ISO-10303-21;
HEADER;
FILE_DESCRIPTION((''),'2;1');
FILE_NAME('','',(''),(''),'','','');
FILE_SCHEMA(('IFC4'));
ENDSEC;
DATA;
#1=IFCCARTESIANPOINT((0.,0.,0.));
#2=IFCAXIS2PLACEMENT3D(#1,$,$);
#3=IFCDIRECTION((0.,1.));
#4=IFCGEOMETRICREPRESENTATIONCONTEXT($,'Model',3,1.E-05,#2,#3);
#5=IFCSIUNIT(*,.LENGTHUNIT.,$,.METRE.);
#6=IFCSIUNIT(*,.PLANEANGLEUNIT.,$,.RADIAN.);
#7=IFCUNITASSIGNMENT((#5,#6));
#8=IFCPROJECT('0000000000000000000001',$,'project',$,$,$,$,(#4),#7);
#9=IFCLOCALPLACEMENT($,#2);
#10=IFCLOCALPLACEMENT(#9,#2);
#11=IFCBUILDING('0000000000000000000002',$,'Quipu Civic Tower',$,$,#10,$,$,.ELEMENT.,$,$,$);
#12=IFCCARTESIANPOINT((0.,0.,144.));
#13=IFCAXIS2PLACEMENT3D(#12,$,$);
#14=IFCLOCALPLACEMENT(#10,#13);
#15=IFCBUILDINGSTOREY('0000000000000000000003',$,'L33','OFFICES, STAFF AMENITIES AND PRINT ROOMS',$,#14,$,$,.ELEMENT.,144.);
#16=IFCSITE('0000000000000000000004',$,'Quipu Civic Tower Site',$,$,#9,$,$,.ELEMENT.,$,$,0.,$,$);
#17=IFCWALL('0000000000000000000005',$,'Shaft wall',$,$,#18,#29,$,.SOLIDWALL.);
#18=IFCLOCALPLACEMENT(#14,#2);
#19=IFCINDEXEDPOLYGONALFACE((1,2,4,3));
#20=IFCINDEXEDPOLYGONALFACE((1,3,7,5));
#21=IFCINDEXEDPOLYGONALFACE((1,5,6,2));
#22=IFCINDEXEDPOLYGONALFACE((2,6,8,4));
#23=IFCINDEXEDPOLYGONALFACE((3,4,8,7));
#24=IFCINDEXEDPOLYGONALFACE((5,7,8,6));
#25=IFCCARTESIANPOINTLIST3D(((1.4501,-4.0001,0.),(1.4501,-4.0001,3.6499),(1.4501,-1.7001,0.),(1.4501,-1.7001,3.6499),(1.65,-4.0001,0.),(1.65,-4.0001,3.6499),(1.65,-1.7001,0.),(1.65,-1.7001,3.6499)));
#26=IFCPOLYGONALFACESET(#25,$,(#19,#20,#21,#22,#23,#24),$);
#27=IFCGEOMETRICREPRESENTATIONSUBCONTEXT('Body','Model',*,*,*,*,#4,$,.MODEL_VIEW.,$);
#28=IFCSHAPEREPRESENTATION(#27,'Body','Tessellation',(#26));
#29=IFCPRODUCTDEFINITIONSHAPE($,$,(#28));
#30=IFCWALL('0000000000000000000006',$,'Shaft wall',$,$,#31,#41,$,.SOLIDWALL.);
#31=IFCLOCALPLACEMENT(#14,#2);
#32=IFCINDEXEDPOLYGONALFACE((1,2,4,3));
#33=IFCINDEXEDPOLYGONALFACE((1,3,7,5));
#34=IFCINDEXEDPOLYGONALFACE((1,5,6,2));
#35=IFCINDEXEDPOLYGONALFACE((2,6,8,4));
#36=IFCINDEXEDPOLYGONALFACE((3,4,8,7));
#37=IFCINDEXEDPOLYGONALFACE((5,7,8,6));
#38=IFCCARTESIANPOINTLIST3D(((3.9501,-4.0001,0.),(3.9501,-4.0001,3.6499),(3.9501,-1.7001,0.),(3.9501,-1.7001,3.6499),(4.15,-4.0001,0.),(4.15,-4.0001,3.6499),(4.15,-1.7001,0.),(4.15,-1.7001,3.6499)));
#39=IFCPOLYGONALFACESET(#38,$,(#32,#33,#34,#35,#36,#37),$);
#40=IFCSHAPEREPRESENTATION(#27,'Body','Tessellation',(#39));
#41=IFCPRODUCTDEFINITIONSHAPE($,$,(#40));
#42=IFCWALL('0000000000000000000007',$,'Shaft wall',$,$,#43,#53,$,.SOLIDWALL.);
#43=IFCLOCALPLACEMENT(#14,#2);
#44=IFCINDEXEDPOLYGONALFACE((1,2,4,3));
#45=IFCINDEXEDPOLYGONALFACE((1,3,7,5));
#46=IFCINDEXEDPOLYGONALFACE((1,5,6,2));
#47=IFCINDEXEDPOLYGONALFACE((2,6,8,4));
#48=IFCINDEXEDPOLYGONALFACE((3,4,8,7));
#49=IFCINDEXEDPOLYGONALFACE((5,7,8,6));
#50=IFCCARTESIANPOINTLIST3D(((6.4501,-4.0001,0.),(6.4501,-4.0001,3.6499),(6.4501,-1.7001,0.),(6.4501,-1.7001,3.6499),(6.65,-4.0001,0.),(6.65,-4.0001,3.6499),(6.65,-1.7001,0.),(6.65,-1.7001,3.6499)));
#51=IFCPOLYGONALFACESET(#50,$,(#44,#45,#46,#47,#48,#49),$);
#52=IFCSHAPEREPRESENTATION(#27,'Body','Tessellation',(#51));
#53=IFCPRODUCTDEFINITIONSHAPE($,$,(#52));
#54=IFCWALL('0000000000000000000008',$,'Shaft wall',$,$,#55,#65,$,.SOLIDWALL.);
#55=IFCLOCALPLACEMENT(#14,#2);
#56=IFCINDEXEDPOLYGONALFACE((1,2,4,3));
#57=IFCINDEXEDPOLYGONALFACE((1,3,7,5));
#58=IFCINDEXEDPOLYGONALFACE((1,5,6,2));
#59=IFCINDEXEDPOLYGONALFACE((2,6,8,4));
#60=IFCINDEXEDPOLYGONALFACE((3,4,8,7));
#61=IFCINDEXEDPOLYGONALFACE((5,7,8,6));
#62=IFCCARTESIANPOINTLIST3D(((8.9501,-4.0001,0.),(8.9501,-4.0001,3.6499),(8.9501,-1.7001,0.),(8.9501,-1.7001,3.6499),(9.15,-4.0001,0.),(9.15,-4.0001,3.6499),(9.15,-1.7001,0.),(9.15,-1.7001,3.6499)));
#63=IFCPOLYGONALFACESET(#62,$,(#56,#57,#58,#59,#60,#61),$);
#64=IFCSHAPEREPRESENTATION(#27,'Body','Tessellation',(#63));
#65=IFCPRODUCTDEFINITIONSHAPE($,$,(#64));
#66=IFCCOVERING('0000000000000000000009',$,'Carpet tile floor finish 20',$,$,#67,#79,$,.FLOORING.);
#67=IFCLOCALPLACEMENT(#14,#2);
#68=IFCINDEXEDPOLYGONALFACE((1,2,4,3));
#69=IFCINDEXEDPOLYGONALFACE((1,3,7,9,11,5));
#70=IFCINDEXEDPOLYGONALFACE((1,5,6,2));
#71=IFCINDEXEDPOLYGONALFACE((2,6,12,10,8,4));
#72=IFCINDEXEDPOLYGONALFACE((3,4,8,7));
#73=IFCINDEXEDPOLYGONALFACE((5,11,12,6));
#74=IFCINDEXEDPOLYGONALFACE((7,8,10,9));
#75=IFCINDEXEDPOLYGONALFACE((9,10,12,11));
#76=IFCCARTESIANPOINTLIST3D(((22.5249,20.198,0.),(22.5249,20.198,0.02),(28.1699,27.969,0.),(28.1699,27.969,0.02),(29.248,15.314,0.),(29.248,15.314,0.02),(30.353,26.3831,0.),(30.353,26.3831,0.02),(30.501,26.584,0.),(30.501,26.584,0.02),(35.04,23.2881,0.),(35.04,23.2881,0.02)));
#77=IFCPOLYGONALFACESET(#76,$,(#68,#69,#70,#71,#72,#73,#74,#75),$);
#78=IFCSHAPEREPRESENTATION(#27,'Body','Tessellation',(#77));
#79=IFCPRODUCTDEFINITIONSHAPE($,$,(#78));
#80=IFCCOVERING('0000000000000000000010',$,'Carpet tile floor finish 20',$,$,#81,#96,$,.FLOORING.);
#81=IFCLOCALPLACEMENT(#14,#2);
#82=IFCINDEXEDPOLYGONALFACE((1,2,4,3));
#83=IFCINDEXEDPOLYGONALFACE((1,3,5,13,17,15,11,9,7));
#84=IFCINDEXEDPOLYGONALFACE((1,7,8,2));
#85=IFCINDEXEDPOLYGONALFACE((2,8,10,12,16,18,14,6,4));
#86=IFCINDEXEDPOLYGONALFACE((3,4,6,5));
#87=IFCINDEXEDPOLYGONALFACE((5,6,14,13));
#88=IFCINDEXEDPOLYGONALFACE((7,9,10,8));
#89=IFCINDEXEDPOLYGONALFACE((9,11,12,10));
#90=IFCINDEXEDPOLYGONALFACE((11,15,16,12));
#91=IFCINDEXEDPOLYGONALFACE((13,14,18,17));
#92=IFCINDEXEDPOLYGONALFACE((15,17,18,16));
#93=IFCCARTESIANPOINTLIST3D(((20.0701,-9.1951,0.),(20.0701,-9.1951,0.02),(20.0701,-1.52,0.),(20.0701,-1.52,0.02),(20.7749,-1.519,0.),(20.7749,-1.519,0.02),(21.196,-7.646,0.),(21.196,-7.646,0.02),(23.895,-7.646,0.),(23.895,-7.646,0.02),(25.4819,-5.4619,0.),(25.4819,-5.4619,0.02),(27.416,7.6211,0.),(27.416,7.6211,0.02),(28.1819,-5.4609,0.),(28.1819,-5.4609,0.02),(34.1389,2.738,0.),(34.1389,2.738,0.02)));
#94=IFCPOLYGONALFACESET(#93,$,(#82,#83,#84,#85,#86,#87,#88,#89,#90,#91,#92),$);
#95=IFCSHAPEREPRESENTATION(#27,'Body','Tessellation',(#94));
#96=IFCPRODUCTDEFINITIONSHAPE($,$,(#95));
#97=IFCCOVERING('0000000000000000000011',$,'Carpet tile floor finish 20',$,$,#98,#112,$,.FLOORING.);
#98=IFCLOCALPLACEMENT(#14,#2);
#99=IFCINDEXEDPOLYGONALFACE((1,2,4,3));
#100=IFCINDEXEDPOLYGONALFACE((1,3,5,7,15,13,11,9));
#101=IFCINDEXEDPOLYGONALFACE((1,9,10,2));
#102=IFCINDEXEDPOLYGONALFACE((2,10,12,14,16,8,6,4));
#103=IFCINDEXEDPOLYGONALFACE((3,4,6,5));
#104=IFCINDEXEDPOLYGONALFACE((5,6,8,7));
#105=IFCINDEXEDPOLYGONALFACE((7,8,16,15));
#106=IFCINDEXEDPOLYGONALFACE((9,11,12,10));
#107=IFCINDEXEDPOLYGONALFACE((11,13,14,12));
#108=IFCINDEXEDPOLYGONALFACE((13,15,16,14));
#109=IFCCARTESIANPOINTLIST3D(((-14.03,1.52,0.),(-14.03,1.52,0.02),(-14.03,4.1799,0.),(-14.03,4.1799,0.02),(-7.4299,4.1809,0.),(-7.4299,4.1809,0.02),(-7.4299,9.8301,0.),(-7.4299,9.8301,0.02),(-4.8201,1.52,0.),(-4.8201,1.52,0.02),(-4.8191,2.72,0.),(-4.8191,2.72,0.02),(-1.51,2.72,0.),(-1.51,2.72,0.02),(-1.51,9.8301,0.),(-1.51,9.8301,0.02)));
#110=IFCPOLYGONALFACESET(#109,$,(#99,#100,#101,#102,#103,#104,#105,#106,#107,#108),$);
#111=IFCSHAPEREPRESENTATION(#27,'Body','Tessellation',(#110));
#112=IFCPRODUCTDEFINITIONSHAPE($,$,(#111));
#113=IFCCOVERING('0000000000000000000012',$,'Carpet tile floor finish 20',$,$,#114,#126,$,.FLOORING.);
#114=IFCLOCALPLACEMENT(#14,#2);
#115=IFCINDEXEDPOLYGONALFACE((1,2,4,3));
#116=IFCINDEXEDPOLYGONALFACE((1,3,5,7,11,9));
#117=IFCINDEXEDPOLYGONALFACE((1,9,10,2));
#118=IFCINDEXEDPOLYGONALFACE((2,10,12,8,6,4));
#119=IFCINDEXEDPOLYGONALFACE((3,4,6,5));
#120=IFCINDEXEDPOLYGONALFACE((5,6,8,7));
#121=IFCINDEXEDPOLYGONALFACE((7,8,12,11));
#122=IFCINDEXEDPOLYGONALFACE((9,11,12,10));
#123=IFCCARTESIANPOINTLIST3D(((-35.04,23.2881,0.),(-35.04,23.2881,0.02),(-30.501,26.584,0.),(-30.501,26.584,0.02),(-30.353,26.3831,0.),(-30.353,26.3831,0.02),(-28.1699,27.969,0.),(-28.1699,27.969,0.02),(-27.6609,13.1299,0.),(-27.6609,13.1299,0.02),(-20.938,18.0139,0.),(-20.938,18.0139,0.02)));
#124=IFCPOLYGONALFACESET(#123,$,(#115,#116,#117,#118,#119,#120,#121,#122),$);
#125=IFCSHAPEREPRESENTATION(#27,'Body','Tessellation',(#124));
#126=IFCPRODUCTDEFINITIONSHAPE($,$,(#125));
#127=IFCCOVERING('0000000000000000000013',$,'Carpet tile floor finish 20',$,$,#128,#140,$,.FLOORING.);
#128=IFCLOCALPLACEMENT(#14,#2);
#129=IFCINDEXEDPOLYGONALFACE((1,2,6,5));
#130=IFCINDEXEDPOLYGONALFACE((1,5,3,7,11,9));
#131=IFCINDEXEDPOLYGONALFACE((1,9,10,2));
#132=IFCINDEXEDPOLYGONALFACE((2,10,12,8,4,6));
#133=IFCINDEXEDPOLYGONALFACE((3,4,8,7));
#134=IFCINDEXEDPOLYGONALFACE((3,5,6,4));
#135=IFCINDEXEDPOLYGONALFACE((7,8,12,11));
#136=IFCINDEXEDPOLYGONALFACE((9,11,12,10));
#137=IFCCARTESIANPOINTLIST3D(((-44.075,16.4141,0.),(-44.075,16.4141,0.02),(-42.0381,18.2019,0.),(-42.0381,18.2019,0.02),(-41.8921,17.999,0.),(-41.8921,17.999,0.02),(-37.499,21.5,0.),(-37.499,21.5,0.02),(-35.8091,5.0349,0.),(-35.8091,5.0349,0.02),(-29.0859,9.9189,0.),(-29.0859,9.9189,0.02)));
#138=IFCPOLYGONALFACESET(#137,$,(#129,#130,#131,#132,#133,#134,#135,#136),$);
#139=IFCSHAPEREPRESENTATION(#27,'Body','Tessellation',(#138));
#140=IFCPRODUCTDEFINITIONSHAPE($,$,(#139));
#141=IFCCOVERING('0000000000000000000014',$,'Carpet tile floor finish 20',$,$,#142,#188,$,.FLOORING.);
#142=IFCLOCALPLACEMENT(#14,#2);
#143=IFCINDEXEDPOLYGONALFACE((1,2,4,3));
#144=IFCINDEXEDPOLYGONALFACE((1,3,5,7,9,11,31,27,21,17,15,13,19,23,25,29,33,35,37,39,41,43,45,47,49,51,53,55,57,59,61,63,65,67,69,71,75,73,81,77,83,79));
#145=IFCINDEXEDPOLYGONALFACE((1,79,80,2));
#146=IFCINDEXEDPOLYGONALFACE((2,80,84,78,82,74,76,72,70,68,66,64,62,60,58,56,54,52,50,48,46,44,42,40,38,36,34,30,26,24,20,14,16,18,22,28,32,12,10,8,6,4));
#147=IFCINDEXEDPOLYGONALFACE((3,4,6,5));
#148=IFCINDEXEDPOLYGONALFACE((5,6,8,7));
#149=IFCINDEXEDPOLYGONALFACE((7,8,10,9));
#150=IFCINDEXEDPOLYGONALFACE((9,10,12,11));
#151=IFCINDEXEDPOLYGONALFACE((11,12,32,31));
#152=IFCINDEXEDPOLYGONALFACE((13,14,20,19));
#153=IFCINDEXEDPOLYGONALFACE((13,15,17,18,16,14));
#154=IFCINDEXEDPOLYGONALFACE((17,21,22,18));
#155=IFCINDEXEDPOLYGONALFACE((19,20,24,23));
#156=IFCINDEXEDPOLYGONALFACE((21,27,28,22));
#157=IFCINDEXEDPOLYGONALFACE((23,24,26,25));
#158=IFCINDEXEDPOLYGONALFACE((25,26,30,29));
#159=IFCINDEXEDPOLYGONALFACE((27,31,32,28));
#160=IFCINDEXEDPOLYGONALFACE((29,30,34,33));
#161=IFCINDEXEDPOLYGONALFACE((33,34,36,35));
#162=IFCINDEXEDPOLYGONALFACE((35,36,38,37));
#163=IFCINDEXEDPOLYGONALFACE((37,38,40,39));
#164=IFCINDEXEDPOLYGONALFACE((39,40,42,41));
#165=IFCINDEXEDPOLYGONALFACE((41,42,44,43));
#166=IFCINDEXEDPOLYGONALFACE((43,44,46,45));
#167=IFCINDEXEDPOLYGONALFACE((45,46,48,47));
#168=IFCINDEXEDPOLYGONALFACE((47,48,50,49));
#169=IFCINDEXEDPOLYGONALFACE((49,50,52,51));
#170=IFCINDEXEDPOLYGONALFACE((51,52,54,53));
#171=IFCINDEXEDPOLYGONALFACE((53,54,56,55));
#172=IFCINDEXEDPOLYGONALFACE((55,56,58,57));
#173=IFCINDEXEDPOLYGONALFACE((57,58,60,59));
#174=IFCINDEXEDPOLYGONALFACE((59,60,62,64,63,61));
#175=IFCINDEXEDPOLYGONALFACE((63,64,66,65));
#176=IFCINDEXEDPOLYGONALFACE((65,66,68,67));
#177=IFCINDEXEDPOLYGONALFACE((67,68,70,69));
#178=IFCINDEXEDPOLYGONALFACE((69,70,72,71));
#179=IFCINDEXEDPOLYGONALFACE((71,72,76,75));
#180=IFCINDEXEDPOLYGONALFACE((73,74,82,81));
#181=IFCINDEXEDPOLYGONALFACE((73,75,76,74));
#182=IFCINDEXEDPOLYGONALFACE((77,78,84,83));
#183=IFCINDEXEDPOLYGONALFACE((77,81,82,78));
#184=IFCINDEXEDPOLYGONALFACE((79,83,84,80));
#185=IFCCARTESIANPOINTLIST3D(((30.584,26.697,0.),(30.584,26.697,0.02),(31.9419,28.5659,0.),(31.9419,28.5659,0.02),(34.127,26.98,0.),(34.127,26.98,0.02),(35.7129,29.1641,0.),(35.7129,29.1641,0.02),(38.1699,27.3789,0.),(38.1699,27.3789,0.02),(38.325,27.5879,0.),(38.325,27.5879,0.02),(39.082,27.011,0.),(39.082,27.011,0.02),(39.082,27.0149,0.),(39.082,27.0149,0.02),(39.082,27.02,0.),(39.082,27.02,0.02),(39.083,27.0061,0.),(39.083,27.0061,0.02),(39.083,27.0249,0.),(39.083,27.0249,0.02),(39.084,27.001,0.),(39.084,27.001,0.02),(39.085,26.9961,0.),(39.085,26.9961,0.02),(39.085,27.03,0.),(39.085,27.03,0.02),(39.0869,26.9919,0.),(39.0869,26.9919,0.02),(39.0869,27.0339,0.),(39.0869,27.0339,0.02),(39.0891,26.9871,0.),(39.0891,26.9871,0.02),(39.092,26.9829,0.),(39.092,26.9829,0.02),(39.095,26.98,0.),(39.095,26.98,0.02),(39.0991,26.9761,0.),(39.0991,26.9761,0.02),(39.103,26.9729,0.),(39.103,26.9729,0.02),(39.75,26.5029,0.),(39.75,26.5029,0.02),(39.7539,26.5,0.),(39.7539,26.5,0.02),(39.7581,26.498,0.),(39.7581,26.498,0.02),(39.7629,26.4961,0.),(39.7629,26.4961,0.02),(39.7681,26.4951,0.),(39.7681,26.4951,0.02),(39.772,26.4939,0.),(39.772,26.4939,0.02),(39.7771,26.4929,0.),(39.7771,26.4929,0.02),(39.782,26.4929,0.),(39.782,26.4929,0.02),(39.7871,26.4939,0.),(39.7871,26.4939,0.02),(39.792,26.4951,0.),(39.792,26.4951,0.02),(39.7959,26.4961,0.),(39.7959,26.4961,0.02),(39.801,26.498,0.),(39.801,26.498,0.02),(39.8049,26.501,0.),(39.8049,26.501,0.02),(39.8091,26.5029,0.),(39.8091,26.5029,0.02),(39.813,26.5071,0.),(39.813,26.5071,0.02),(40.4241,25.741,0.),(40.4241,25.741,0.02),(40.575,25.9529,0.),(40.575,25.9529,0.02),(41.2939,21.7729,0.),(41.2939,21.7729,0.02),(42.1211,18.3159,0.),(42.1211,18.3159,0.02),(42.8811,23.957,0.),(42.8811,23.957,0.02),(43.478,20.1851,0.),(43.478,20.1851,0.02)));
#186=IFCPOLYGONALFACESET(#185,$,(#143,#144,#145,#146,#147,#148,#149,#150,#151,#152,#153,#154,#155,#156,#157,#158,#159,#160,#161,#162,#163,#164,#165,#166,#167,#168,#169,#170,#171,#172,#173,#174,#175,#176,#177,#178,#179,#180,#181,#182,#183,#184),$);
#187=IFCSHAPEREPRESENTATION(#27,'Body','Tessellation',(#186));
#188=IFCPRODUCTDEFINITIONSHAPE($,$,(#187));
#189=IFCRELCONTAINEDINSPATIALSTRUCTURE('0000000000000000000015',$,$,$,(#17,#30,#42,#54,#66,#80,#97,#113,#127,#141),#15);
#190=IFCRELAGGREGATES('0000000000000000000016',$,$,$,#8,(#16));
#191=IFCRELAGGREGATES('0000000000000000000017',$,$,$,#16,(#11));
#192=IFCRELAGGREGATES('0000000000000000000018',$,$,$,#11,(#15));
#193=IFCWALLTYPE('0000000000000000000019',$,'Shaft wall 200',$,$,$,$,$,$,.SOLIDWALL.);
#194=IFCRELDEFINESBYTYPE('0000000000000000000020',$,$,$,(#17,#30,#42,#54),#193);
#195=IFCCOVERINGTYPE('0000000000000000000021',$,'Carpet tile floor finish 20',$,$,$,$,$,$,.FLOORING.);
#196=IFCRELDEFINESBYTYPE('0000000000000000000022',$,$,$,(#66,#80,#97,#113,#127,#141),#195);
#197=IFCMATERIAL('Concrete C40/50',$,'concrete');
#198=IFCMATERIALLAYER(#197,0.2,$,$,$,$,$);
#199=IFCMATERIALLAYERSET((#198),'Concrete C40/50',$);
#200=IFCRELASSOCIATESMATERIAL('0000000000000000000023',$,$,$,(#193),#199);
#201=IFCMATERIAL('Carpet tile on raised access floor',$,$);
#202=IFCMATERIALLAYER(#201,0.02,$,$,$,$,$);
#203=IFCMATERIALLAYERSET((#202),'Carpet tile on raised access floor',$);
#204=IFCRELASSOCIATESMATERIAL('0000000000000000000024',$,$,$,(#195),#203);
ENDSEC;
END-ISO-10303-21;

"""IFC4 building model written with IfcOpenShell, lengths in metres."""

from ifc_helpers import new_model, si_unit, direction, frame, frame_2d, origin, place, context, subcontext, project, spatial, polyline, rectangle, outline, extrude, material, layer, layer_set, type_object, element, save


model = new_model("IFC4")

# Units and contexts
model_context = context("Model", 3, precision=1e-05, world=origin(), true_north=direction((0.0, 1.0)))
body_context = subcontext(model_context, "Body", "Model", "MODEL_VIEW")
ifc_project = project(units=[si_unit("LENGTHUNIT", "METRE"), si_unit("PLANEANGLEUNIT", "RADIAN")], contexts=[model_context])

# Site, building, storey
site_placement = place(None, origin())
site = spatial("IfcSite", under=ifc_project, at=site_placement, Name="Quipu Civic Tower Site", CompositionType="ELEMENT", RefElevation=0.0)
building_placement = place(site_placement, origin())
building = spatial("IfcBuilding", under=site, at=building_placement, Name="Quipu Civic Tower", CompositionType="ELEMENT")
storey_placement = place(building_placement, frame((0.0, 0.0, 144.0)))
storey = spatial("IfcBuildingStorey", under=building, at=storey_placement, Name="L33", Description="OFFICES, STAFF AMENITIES AND PRINT ROOMS", CompositionType="ELEMENT", Elevation=144.0)

# Walls
ifc_material_1 = material(Name="Concrete C40/50", Category="concrete")
ifc_layer_1 = layer(ifc_material_1, 0.2)
ifc_layer_set_1 = layer_set([ifc_layer_1], Name="Concrete C40/50")
wall_type_1 = type_object("IfcWallType", Name="Shaft wall 200", PredefinedType="SOLIDWALL", material=ifc_layer_set_1)
for number, where, z_axis, x_axis, name in (
    (1, (1.55, -4.0, 0.0), (0.0, 0.0, 1.0), (0.0, 1.0, 0.0), "Shaft wall"),
    (2, (4.05, -4.0, 0.0), (0.0, 0.0, 1.0), (0.0, 1.0, 0.0), "Shaft wall"),
    (3, (6.55, -4.0, 0.0), (0.0, 0.0, 1.0), (0.0, 1.0, 0.0), "Shaft wall"),
    (4, (9.05, -4.0, 0.0), (0.0, 0.0, 1.0), (0.0, 1.0, 0.0), "Shaft wall"),
):
    element("IfcWall", number, at=place(storey_placement, frame(where, z_axis=z_axis, x_axis=x_axis)), inside=storey, type_object=wall_type_1, Name=name, PredefinedType="SOLIDWALL", context=body_context, shape_type="SweptSolid", body=[
        extrude(rectangle(XDim=2.3, YDim=0.2, at=frame_2d((1.1499, 0.0))), origin(), (0.0, 0.0, 1.0), 3.6499),
    ])

# Coverings
ifc_material_2 = material(Name="Carpet tile on raised access floor")
ifc_layer_2 = layer(ifc_material_2, 0.02)
ifc_layer_set_2 = layer_set([ifc_layer_2], Name="Carpet tile on raised access floor")
covering_type_1 = type_object("IfcCoveringType", Name="Carpet tile floor finish 20", PredefinedType="FLOORING", material=ifc_layer_set_2)
covering_1_placement = place(storey_placement, origin())
element("IfcCovering", 5, at=covering_1_placement, inside=storey, type_object=covering_type_1, Name="Carpet tile floor finish 20", PredefinedType="FLOORING", context=body_context, shape_type="SweptSolid", body=[
    extrude(outline(polyline([(22.5249, 20.198), (28.1699, 27.969), (30.353, 26.3831), (30.501, 26.584), (35.04, 23.2881), (29.248, 15.314), (22.5249, 20.198)])), origin(), (0.0, 0.0, 1.0), 0.02),
])
covering_2_placement = place(storey_placement, origin())
element("IfcCovering", 6, at=covering_2_placement, inside=storey, type_object=covering_type_1, Name="Carpet tile floor finish 20", PredefinedType="FLOORING", context=body_context, shape_type="SweptSolid", body=[
    extrude(outline(polyline([(20.0701, -9.1951), (20.0701, -1.52), (20.7749, -1.519), (27.416, 7.6211), (34.1389, 2.738), (28.1819, -5.4609), (25.4819, -5.4619), (23.895, -7.646), (21.196, -7.646), (20.0701, -9.1951)])), origin(), (0.0, 0.0, 1.0), 0.02),
])
covering_3_placement = place(storey_placement, origin())
element("IfcCovering", 7, at=covering_3_placement, inside=storey, type_object=covering_type_1, Name="Carpet tile floor finish 20", PredefinedType="FLOORING", context=body_context, shape_type="SweptSolid", body=[
    extrude(outline(polyline([(-14.03, 1.52), (-14.03, 4.1799), (-7.4299, 4.1809), (-7.4299, 9.8301), (-1.51, 9.8301), (-1.51, 2.72), (-4.8191, 2.72), (-4.8201, 1.52), (-14.03, 1.52)])), origin(), (0.0, 0.0, 1.0), 0.02),
])
covering_4_placement = place(storey_placement, origin())
element("IfcCovering", 8, at=covering_4_placement, inside=storey, type_object=covering_type_1, Name="Carpet tile floor finish 20", PredefinedType="FLOORING", context=body_context, shape_type="SweptSolid", body=[
    extrude(outline(polyline([(-35.04, 23.2881), (-30.501, 26.584), (-30.353, 26.3831), (-28.1699, 27.969), (-20.938, 18.0139), (-27.6609, 13.1299), (-35.04, 23.2881)])), origin(), (0.0, 0.0, 1.0), 0.02),
])
covering_5_placement = place(storey_placement, origin())
element("IfcCovering", 9, at=covering_5_placement, inside=storey, type_object=covering_type_1, Name="Carpet tile floor finish 20", PredefinedType="FLOORING", context=body_context, shape_type="SweptSolid", body=[
    extrude(outline(polyline([(-44.075, 16.4141), (-41.8921, 17.999), (-42.0381, 18.2019), (-37.499, 21.5), (-29.0859, 9.9189), (-35.8091, 5.0349), (-44.075, 16.4141)])), origin(), (0.0, 0.0, 1.0), 0.02),
])
covering_6_placement = place(storey_placement, origin())
element("IfcCovering", 10, at=covering_6_placement, inside=storey, type_object=covering_type_1, Name="Carpet tile floor finish 20", PredefinedType="FLOORING", context=body_context, shape_type="SweptSolid", body=[
    extrude(outline(polyline([(30.584, 26.697), (31.9419, 28.5659), (34.127, 26.98), (35.7129, 29.1641), (38.1699, 27.3789), (38.325, 27.5879), (39.0869, 27.0339), (39.085, 27.03), (39.083, 27.0249), (39.082, 27.02), (39.082, 27.0149), (39.082, 27.011), (39.083, 27.0061), (39.084, 27.001), (39.085, 26.9961), (39.0869, 26.9919), (39.0891, 26.9871), (39.092, 26.9829), (39.095, 26.98), (39.0991, 26.9761), (39.103, 26.9729), (39.75, 26.5029), (39.7539, 26.5), (39.7581, 26.498), (39.7629, 26.4961), (39.7681, 26.4951), (39.772, 26.4939), (39.7771, 26.4929), (39.782, 26.4929), (39.7871, 26.4939), (39.792, 26.4951), (39.7959, 26.4961), (39.801, 26.498), (39.8049, 26.501), (39.8091, 26.5029), (39.813, 26.5071), (40.575, 25.9529), (40.4241, 25.741), (42.8811, 23.957), (41.2939, 21.7729), (43.478, 20.1851), (42.1211, 18.3159), (30.584, 26.697)])), origin(), (0.0, 0.0, 1.0), 0.02),
])

save(model, "model.ifc")
